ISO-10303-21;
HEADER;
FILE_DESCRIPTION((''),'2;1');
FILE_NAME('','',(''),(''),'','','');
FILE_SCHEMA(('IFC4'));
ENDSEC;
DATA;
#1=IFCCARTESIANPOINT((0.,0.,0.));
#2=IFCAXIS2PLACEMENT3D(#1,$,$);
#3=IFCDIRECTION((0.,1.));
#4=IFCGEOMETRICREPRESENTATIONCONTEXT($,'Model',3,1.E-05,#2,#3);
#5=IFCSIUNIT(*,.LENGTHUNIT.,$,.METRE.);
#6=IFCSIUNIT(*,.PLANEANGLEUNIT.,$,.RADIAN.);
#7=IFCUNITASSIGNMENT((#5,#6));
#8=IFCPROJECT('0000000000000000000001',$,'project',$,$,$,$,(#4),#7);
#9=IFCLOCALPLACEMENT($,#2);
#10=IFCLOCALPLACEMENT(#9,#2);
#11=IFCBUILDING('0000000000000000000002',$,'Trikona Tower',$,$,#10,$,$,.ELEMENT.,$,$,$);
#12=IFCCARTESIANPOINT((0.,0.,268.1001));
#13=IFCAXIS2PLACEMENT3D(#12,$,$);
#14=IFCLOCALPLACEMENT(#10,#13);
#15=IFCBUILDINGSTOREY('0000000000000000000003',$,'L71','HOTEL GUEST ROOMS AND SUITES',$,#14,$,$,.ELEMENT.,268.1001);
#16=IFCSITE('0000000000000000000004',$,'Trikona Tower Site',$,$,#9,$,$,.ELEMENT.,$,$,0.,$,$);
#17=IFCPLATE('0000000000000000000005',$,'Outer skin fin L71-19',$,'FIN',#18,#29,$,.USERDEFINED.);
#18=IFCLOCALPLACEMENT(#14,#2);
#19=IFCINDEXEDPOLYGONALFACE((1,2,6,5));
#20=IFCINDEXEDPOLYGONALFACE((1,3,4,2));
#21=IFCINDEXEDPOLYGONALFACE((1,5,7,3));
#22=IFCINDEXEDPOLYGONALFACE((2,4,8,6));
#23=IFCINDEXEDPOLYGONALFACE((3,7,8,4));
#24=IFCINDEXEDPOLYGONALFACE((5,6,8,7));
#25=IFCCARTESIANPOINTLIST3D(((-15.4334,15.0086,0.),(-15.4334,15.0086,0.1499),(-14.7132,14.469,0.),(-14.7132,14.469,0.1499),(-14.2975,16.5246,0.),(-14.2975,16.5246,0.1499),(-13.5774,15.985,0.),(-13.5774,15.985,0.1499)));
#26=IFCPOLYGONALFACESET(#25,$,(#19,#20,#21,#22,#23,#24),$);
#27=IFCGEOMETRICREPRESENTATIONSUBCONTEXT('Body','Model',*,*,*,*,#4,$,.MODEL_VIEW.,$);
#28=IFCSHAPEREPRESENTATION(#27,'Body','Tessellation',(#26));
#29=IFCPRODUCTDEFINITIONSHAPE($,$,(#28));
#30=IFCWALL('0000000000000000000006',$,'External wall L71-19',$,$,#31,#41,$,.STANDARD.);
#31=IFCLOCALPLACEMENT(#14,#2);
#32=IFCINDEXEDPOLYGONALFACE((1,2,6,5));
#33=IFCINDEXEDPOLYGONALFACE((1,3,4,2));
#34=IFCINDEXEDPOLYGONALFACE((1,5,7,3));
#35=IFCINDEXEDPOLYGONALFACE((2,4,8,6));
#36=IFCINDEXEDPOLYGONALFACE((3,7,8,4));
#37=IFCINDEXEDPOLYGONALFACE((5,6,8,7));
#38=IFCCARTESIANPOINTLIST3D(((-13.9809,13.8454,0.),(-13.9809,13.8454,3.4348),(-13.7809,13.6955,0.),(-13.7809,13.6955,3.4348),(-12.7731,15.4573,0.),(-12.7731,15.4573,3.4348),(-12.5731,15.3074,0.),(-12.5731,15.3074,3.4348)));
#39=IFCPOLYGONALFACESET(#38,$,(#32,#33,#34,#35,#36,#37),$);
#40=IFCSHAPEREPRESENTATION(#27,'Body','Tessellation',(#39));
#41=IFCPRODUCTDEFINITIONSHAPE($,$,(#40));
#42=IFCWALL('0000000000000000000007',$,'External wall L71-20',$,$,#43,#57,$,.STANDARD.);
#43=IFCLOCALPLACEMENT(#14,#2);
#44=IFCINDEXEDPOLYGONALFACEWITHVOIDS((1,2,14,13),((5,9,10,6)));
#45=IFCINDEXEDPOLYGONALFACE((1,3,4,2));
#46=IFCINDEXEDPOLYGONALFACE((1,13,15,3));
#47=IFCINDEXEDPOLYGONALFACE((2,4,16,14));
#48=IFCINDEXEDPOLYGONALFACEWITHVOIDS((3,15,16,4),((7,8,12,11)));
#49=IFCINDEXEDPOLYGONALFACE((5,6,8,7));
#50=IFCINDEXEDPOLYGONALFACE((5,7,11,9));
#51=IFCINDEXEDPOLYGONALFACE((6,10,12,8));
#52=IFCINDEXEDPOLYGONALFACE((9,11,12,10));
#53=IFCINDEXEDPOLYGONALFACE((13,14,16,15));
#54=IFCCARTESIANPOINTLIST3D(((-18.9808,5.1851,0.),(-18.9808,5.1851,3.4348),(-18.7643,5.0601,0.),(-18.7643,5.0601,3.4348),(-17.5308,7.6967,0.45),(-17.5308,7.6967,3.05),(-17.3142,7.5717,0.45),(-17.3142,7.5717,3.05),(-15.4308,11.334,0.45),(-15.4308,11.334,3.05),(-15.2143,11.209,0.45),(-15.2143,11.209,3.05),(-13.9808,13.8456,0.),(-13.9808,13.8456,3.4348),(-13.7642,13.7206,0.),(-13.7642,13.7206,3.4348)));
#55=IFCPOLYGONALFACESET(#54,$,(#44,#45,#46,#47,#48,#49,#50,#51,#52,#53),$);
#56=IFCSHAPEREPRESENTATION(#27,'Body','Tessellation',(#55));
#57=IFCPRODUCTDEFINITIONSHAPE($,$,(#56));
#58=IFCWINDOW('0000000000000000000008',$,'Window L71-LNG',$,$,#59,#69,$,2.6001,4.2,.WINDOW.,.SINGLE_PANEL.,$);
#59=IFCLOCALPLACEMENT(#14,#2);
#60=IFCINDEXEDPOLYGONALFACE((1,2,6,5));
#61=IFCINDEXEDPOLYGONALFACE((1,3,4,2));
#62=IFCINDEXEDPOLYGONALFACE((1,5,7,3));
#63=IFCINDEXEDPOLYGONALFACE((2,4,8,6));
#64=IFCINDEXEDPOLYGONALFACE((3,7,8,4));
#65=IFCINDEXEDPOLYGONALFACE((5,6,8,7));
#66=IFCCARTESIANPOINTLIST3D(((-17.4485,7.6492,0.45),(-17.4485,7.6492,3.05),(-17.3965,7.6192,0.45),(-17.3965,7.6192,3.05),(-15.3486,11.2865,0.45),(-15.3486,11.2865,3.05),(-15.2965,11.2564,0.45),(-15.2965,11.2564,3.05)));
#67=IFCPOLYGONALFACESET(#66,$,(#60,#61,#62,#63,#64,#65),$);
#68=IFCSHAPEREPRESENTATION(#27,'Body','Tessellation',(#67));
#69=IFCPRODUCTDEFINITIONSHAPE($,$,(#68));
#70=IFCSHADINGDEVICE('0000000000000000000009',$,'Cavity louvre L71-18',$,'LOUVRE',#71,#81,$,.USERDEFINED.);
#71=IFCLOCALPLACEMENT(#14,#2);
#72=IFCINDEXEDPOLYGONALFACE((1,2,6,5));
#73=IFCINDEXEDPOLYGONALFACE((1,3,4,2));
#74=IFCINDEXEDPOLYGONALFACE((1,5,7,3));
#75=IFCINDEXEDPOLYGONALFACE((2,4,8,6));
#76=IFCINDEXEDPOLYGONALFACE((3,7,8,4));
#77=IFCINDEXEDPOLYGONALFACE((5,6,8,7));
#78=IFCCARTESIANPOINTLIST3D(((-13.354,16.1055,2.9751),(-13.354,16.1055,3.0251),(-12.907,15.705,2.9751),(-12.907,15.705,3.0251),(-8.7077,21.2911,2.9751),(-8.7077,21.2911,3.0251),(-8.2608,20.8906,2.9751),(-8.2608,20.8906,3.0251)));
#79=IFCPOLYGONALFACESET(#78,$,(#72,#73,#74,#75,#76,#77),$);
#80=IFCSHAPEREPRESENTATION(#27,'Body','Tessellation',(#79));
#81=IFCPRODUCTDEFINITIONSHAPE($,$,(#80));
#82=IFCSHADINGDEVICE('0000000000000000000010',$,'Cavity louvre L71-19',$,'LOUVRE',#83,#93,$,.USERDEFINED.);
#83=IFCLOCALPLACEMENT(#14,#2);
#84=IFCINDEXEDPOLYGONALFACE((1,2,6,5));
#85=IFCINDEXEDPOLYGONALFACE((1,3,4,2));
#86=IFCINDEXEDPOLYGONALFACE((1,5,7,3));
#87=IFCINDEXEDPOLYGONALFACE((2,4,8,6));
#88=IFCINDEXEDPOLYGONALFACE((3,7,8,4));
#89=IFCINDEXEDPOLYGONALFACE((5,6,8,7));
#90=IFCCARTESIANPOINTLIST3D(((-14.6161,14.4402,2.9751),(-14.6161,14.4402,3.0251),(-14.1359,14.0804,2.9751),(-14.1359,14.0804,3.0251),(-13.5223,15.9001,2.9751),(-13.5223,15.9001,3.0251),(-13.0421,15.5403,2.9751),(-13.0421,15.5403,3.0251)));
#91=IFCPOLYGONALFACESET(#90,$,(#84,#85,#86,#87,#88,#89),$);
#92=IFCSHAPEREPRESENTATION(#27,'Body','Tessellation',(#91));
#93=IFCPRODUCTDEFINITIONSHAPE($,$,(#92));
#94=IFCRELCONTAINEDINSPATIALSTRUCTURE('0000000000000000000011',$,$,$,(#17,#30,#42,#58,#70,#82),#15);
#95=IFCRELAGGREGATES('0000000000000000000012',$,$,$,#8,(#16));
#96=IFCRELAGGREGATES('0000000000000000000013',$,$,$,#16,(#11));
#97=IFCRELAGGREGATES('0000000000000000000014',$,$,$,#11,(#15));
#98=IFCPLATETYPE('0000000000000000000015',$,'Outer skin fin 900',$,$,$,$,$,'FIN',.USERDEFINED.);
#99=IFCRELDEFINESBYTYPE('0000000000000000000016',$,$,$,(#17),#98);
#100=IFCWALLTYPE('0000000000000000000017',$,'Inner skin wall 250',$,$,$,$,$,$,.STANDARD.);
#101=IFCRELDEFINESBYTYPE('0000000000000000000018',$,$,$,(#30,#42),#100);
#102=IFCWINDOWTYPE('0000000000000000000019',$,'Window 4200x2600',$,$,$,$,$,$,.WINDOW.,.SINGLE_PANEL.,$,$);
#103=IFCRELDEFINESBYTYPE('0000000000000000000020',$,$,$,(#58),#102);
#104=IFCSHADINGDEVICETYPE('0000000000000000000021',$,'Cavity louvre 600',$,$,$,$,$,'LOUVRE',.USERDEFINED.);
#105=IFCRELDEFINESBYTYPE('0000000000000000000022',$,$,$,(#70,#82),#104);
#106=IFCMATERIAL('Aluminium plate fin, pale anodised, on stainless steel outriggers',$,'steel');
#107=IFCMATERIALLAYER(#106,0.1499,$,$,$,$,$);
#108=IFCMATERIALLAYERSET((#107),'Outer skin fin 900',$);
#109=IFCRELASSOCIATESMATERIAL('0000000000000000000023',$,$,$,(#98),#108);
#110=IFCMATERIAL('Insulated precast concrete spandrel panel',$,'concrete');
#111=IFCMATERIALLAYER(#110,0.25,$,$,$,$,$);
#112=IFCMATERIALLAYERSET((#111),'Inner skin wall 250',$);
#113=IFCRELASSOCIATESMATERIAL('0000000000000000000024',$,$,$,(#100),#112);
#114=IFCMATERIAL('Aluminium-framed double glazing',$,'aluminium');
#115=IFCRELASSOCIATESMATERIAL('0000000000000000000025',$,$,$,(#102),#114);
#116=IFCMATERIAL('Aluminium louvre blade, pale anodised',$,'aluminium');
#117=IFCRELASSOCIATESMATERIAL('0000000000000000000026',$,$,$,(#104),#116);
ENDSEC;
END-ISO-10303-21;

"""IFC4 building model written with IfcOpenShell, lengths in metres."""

from ifc_helpers import new_model, si_unit, direction, frame, frame_2d, origin, origin_2d, place, context, subcontext, project, spatial, rectangle, extrude, material, layer, layer_set, type_object, element, fill, save


model = new_model("IFC4")

# Units and contexts
model_context = context("Model", 3, precision=1e-05, world=origin(), true_north=direction((0.0, 1.0)))
body_context = subcontext(model_context, "Body", "Model", "MODEL_VIEW")
ifc_project = project(units=[si_unit("LENGTHUNIT", "METRE"), si_unit("PLANEANGLEUNIT", "RADIAN")], contexts=[model_context])

# Site, building, storey
site_placement = place(None, origin())
site = spatial("IfcSite", under=ifc_project, at=site_placement, Name="Trikona Tower Site", CompositionType="ELEMENT", RefElevation=0.0)
building_placement = place(site_placement, origin())
building = spatial("IfcBuilding", under=site, at=building_placement, Name="Trikona Tower", CompositionType="ELEMENT")
storey_placement = place(building_placement, frame((0.0, 0.0, 268.1001)))
storey = spatial("IfcBuildingStorey", under=building, at=storey_placement, Name="L71", Description="HOTEL GUEST ROOMS AND SUITES", CompositionType="ELEMENT", Elevation=268.1001)

# Plate
ifc_material_1 = material(Name="Aluminium plate fin, pale anodised, on stainless steel outriggers", Category="steel")
ifc_layer_1 = layer(ifc_material_1, 0.1499)
ifc_layer_set_1 = layer_set([ifc_layer_1], Name="Outer skin fin 900")
plate_type_1 = type_object("IfcPlateType", Name="Outer skin fin 900", ElementType="FIN", PredefinedType="USERDEFINED", material=ifc_layer_set_1)
plate_1_placement = place(storey_placement, frame((-14.5054, 15.4968, 0.0), z_axis=(0.0, 0.0, 1.0), x_axis=(-0.599619, -0.800286, 0.0)))
element("IfcPlate", 1, at=plate_1_placement, inside=storey, type_object=plate_type_1, Name="Outer skin fin L71-19", ObjectType="FIN", PredefinedType="USERDEFINED", context=body_context, shape_type="SweptSolid", body=[
    extrude(rectangle(XDim=1.8943, YDim=0.8999, at=origin_2d()), origin(), (0.0, 0.0, 1.0), 0.1499),
])

# Wall
ifc_material_2 = material(Name="Insulated precast concrete spandrel panel", Category="concrete")
ifc_layer_2 = layer(ifc_material_2, 0.25)
ifc_layer_set_2 = layer_set([ifc_layer_2], Name="Inner skin wall 250")
wall_type = type_object("IfcWallType", Name="Inner skin wall 250", PredefinedType="STANDARD", material=ifc_layer_set_2)
wall_1_placement = place(storey_placement, frame((-12.6731, 15.3823, 0.0), z_axis=(0.0, 0.0, 1.0), x_axis=(-0.599651, -0.800262, 0.0)))
element("IfcWall", 2, at=wall_1_placement, inside=storey, type_object=wall_type, Name="External wall L71-19", PredefinedType="STANDARD", context=body_context, shape_type="SweptSolid", body=[
    extrude(rectangle(XDim=2.0142, YDim=0.25, at=frame_2d((1.0071, 0.0))), origin(), (0.0, 0.0, 1.0), 3.4348),
])

# Wall, opening, window
wall_2_placement = place(storey_placement, frame((-13.8726, 13.783, 0.0), z_axis=(0.0, 0.0, 1.0), x_axis=(-0.499994, -0.866029, 0.0)))
wall_2 = element("IfcWall", 3, at=wall_2_placement, inside=storey, type_object=wall_type, Name="External wall L71-20", PredefinedType="STANDARD", context=body_context, shape_type="SweptSolid", body=[
    extrude(rectangle(XDim=10.0002, YDim=0.25, at=frame_2d((5.0, 0.0))), origin(), (0.0, 0.0, 1.0), 3.4348),
])
opening_placement = place(wall_2_placement, frame((2.8999, 0.0, 0.45)))
opening = element("IfcOpeningElement", 4, at=opening_placement, cuts=wall_2, PredefinedType="OPENING", context=body_context, shape_type="SweptSolid", body=[
    extrude(rectangle(XDim=4.2, YDim=2.6001, at=frame_2d((2.1001, 1.3))), frame((0.0, 0.135, 0.0), z_axis=(0.0, -1.0, 0.0), x_axis=(1.0, 0.0, 0.0)), (0.0, 0.0, 1.0), 0.27),
])
ifc_material_3 = material(Name="Aluminium-framed double glazing", Category="aluminium")
window_type = type_object("IfcWindowType", Name="Window 4200x2600", PartitioningType="SINGLE_PANEL", PredefinedType="WINDOW", material=ifc_material_3)
window_placement = place(opening_placement, origin())
window = element("IfcWindow", 5, at=window_placement, inside=storey, type_object=window_type, Name="Window L71-LNG", OverallHeight=2.6001, OverallWidth=4.2, PartitioningType="SINGLE_PANEL", PredefinedType="WINDOW", context=body_context, shape_type="SweptSolid", body=[
    extrude(rectangle(XDim=4.2, YDim=2.6001, at=frame_2d((2.1001, 1.3))), frame((0.0, 0.03, 0.0), z_axis=(0.0, -1.0, 0.0), x_axis=(1.0, 0.0, 0.0)), (0.0, 0.0, 1.0), 0.0601),
])
fill(opening, window)

# Shading devices
ifc_material_4 = material(Name="Aluminium louvre blade, pale anodised", Category="aluminium")
shading_device_type = type_object("IfcShadingDeviceType", Name="Cavity louvre 600", ElementType="LOUVRE", PredefinedType="USERDEFINED", material=ifc_material_4)
shading_device_1_placement = place(storey_placement, frame((-10.8074, 18.498, 2.9751), z_axis=(0.0, 0.0, 1.0), x_axis=(-0.667311, -0.744779, 0.0)))
element("IfcShadingDevice", 6, at=shading_device_1_placement, inside=storey, type_object=shading_device_type, Name="Cavity louvre L71-18", ObjectType="LOUVRE", PredefinedType="USERDEFINED", context=body_context, shape_type="SweptSolid", body=[
    extrude(rectangle(XDim=6.9626, YDim=0.6001, at=origin_2d()), origin(), (0.0, 0.0, 1.0), 0.05),
])
shading_device_2_placement = place(storey_placement, frame((-13.8291, 14.9902, 2.9751), z_axis=(0.0, 0.0, 1.0), x_axis=(-0.599619, -0.800286, 0.0)))
element("IfcShadingDevice", 7, at=shading_device_2_placement, inside=storey, type_object=shading_device_type, Name="Cavity louvre L71-19", ObjectType="LOUVRE", PredefinedType="USERDEFINED", context=body_context, shape_type="SweptSolid", body=[
    extrude(rectangle(XDim=1.8242, YDim=0.6001, at=origin_2d()), origin(), (0.0, 0.0, 1.0), 0.05),
])

save(model, "model.ifc")
